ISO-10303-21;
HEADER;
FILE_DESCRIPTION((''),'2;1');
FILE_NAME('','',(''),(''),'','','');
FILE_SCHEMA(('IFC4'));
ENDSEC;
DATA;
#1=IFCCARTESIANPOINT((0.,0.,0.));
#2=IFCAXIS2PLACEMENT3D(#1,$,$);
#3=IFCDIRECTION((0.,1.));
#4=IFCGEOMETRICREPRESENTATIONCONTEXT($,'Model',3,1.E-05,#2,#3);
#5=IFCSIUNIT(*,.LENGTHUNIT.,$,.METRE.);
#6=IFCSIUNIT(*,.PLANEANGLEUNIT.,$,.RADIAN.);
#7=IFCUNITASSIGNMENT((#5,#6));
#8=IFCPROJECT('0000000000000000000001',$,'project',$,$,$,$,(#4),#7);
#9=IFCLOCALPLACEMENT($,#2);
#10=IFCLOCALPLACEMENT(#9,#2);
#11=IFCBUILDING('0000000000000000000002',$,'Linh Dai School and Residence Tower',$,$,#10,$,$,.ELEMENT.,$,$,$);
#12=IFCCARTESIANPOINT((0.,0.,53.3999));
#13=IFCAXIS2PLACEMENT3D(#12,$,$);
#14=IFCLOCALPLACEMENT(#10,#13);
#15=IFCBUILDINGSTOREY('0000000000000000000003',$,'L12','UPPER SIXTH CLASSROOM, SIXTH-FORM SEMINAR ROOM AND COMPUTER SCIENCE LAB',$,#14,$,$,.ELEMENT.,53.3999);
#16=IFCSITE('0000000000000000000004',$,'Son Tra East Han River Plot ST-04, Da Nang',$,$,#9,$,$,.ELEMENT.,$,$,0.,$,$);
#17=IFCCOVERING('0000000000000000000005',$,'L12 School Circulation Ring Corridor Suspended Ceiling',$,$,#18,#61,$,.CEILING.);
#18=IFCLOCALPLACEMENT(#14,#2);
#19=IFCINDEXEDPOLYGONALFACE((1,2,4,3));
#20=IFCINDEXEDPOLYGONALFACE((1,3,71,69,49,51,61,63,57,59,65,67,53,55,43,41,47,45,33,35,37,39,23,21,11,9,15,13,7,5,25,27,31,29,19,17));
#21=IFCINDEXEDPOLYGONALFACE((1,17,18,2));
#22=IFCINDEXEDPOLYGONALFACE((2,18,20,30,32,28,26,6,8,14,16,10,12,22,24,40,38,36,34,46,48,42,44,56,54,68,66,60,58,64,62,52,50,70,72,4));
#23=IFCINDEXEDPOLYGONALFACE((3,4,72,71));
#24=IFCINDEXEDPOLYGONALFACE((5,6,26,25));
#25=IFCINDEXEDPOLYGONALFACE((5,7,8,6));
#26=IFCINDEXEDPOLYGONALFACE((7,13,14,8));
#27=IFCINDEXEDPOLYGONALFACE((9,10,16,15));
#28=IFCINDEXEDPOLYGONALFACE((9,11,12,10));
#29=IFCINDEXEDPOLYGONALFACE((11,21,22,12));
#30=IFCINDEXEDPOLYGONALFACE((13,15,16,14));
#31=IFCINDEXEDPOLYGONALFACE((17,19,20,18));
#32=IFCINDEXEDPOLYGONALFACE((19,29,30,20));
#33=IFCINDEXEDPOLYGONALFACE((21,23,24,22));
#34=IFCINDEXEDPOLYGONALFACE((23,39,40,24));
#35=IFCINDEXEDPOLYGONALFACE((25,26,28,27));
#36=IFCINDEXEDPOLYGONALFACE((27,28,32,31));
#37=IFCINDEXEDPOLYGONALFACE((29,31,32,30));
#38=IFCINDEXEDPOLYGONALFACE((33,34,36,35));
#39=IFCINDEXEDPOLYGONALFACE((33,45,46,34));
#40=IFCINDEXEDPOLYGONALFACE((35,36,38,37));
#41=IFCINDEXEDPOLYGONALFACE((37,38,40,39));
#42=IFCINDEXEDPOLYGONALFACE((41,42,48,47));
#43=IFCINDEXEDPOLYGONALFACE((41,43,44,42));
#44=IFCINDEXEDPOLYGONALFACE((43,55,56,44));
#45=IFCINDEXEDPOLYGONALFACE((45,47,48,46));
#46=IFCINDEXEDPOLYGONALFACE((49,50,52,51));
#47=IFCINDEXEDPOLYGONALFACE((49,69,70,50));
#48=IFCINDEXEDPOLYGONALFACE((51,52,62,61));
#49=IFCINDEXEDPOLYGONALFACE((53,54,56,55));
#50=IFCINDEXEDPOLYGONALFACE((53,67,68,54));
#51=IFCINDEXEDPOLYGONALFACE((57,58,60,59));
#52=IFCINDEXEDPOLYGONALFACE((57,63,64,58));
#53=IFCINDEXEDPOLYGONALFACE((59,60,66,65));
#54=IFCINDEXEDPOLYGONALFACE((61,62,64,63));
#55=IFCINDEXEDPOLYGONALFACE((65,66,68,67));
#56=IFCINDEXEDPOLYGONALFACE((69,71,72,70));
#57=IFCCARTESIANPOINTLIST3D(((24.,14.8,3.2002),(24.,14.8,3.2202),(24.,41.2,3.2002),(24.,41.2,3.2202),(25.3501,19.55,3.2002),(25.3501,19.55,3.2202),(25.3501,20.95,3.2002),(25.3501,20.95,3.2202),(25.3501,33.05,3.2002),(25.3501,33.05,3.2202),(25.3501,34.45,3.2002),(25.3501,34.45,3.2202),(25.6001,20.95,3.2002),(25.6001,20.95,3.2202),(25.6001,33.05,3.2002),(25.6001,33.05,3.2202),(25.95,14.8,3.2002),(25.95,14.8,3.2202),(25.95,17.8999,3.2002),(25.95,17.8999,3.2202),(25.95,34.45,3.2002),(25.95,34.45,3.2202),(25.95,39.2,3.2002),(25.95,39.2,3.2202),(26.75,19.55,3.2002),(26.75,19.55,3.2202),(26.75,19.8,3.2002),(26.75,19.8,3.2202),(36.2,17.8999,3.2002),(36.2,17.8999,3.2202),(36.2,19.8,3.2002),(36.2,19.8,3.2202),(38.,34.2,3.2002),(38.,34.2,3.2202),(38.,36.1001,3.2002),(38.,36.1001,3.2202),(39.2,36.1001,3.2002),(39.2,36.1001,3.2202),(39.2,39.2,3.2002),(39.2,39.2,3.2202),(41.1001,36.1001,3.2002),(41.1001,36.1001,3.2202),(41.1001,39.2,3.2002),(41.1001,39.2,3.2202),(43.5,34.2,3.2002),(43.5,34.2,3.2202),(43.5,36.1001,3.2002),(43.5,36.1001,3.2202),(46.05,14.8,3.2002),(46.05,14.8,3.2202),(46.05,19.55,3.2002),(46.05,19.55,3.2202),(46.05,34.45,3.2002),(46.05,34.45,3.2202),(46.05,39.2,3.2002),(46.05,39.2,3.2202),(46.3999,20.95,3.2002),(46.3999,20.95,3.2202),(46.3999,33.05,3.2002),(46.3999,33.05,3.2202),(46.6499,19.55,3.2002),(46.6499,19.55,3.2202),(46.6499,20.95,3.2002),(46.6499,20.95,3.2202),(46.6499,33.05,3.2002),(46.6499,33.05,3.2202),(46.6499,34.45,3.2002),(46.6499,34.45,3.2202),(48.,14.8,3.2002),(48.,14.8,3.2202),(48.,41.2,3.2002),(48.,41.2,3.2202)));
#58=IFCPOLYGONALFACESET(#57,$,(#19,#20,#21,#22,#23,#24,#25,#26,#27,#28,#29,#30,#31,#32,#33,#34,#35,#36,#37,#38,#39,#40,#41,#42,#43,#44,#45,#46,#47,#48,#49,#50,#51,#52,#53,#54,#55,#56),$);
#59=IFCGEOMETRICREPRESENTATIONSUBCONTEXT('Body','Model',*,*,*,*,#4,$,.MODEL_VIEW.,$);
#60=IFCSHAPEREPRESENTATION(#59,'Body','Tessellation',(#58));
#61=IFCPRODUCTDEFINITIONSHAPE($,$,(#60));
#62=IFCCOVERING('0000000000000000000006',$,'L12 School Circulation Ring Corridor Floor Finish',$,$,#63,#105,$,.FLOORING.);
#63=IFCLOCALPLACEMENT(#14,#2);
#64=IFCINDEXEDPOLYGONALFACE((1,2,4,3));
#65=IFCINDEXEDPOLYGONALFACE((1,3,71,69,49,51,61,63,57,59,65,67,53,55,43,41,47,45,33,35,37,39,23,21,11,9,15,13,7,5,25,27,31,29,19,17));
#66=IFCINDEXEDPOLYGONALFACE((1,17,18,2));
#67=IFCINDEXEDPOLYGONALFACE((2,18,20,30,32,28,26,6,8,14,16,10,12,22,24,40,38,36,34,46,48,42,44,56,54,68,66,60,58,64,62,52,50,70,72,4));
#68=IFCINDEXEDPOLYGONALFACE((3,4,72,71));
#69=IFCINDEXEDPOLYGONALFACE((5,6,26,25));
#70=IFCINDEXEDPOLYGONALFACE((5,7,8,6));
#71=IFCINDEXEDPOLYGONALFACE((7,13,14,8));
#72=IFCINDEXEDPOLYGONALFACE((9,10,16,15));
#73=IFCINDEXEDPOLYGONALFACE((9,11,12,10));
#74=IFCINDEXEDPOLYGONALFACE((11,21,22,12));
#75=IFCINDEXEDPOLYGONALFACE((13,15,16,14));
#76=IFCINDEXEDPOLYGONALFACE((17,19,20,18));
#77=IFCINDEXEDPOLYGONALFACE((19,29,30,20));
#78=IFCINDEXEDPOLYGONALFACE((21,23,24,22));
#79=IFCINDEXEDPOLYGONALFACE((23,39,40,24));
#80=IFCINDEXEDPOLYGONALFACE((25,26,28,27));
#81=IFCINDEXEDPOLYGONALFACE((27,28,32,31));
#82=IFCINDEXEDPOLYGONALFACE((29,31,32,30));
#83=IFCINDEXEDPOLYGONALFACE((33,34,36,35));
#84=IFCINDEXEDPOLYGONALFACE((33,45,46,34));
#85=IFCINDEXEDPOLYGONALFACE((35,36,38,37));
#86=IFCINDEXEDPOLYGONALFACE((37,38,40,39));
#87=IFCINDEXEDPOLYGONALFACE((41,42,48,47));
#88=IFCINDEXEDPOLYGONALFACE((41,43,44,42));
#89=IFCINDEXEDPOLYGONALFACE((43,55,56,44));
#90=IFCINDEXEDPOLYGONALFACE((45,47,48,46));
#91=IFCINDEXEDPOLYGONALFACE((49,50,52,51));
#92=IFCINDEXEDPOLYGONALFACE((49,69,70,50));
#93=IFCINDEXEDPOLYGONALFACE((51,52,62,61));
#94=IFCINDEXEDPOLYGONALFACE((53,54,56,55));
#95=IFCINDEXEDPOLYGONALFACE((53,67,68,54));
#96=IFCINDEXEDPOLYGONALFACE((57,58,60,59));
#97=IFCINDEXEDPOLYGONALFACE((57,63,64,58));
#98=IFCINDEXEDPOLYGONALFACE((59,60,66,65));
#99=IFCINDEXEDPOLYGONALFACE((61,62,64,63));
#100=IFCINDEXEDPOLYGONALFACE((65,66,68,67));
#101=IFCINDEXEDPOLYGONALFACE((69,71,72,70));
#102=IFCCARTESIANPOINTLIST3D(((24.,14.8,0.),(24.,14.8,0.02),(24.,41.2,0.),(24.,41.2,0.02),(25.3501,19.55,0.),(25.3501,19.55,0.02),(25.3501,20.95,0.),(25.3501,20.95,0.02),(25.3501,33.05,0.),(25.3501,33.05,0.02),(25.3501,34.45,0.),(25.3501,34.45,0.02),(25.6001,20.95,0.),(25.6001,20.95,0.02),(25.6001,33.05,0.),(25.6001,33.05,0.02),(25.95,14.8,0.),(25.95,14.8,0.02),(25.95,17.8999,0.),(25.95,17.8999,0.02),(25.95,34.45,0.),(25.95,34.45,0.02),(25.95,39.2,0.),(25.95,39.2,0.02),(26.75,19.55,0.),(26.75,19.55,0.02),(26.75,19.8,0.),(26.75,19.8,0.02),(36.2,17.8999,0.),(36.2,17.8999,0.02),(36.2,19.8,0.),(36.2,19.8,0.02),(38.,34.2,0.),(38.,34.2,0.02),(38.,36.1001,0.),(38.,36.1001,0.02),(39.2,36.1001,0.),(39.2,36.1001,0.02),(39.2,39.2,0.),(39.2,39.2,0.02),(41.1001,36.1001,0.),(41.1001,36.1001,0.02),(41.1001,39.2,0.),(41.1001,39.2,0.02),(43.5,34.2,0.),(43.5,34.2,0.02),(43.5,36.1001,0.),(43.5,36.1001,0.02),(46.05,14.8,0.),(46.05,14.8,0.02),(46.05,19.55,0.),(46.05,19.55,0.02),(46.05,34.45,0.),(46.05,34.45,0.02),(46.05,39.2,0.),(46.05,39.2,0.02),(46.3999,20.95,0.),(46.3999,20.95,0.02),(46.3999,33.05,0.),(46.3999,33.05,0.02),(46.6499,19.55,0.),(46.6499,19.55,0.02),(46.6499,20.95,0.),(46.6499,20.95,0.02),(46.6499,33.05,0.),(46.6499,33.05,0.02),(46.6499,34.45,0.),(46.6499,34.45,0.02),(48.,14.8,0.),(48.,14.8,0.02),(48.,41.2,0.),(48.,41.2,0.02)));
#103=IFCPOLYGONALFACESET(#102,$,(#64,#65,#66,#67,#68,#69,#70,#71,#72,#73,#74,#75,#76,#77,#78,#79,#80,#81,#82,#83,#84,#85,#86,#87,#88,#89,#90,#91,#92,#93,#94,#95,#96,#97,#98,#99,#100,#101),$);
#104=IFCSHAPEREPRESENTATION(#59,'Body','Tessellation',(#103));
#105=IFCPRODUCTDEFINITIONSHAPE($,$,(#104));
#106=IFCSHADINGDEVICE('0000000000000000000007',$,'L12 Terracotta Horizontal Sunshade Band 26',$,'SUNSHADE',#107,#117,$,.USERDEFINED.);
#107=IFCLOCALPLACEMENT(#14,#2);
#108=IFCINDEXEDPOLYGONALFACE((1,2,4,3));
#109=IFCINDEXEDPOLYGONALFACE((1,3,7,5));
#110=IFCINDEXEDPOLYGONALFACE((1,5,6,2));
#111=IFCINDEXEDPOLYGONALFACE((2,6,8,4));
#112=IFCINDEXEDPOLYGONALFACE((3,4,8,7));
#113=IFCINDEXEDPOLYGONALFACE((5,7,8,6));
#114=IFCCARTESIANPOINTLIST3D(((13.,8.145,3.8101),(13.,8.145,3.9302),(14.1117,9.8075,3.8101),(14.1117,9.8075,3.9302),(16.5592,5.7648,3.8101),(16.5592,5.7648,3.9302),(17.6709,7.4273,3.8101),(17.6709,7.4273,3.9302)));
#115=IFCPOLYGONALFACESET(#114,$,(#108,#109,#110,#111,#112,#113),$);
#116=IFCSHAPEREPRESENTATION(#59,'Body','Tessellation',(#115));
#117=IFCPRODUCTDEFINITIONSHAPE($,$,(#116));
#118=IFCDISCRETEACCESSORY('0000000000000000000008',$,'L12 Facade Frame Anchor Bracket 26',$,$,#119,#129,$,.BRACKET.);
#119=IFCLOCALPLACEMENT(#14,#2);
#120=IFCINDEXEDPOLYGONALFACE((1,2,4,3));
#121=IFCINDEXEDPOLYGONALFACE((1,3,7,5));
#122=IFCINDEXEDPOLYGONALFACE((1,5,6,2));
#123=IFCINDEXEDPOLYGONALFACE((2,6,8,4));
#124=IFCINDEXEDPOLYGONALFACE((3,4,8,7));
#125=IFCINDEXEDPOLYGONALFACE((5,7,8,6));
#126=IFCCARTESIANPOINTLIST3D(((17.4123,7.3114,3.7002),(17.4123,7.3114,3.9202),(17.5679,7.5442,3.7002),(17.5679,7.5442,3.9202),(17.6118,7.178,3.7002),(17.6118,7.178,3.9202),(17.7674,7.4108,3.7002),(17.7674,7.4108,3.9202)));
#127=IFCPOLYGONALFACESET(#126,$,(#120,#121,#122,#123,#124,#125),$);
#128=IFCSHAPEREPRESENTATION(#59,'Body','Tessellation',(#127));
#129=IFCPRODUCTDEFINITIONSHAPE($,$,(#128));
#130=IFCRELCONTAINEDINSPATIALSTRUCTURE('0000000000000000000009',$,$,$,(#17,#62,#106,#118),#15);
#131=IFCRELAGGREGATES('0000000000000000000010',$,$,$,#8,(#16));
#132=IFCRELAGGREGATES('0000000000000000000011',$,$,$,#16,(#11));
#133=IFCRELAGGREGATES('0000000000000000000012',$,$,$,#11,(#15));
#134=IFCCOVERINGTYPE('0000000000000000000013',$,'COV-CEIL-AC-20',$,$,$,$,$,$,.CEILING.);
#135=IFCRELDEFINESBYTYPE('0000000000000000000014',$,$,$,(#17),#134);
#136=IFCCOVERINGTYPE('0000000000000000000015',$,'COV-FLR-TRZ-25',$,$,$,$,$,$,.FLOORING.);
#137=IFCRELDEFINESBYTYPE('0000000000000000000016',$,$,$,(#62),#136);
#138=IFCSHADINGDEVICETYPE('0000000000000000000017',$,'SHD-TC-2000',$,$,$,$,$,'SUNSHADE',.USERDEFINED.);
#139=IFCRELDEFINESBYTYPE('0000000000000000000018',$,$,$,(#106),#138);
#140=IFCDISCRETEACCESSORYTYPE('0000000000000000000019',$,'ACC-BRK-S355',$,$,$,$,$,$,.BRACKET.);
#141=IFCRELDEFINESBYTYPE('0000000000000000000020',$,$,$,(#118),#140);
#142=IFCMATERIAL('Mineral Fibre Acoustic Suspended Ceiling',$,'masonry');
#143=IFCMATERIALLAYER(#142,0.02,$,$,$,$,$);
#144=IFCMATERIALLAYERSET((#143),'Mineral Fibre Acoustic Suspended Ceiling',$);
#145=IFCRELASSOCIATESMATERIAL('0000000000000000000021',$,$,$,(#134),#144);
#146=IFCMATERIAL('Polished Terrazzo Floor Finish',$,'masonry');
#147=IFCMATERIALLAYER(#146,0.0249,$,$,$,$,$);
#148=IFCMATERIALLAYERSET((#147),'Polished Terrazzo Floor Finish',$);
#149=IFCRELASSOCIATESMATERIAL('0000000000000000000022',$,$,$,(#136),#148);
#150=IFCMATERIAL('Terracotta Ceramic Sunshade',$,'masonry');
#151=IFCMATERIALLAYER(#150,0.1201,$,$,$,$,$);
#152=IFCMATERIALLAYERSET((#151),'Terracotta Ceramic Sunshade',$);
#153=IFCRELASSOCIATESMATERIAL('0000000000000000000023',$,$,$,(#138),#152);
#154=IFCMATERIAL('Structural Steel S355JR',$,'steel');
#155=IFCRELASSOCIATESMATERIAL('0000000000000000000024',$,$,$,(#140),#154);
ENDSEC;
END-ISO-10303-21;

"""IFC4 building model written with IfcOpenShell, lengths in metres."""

from ifc_helpers import new_model, si_unit, direction, frame, origin, origin_2d, place, context, subcontext, project, spatial, polyline, rectangle, outline, extrude, source, transform, mapped, material, layer, layer_set, type_object, element, save


model = new_model("IFC4")

# Units and contexts
model_context = context("Model", 3, precision=1e-05, world=origin(), true_north=direction((0.0, 1.0)))
body_context = subcontext(model_context, "Body", "Model", "MODEL_VIEW")
ifc_project = project(units=[si_unit("LENGTHUNIT", "METRE"), si_unit("PLANEANGLEUNIT", "RADIAN")], contexts=[model_context])

# Site, building, storey
site_placement = place(None, origin())
site = spatial("IfcSite", under=ifc_project, at=site_placement, Name="Son Tra East Han River Plot ST-04, Da Nang", CompositionType="ELEMENT", RefElevation=0.0)
building_placement = place(site_placement, origin())
building = spatial("IfcBuilding", under=site, at=building_placement, Name="Linh Dai School and Residence Tower", CompositionType="ELEMENT")
storey_placement = place(building_placement, frame((0.0, 0.0, 53.3999)))
storey = spatial("IfcBuildingStorey", under=building, at=storey_placement, Name="L12", Description="UPPER SIXTH CLASSROOM, SIXTH-FORM SEMINAR ROOM AND COMPUTER SCIENCE LAB", CompositionType="ELEMENT", Elevation=53.3999)

# Shared definitions
ifc_material_1 = material(Name="Structural Steel S355JR", Category="steel")

# Coverings
ifc_material_2 = material(Name="Mineral Fibre Acoustic Suspended Ceiling", Category="masonry")
ifc_layer_1 = layer(ifc_material_2, 0.02)
ifc_layer_set_1 = layer_set([ifc_layer_1], Name="Mineral Fibre Acoustic Suspended Ceiling")
covering_type_1 = type_object("IfcCoveringType", Name="COV-CEIL-AC-20", PredefinedType="CEILING", material=ifc_layer_set_1)
covering_1_placement = place(storey_placement, frame((0.0, 0.0, 3.2002)))
element("IfcCovering", 1, at=covering_1_placement, inside=storey, type_object=covering_type_1, Name="L12 School Circulation Ring Corridor Suspended Ceiling", PredefinedType="CEILING", context=body_context, shape_type="SweptSolid", body=[
    extrude(outline(polyline([(24.0, 41.2), (48.0, 41.2), (48.0, 14.8), (46.05, 14.8), (46.05, 19.55), (46.6499, 19.55), (46.6499, 20.95), (46.3999, 20.95), (46.3999, 33.05), (46.6499, 33.05), (46.6499, 34.45), (46.05, 34.45), (46.05, 39.2), (41.1001, 39.2), (41.1001, 36.1001), (43.5, 36.1001), (43.5, 34.2), (38.0, 34.2), (38.0, 36.1001), (39.2, 36.1001), (39.2, 39.2), (25.95, 39.2), (25.95, 34.45), (25.3501, 34.45), (25.3501, 33.05), (25.6001, 33.05), (25.6001, 20.95), (25.3501, 20.95), (25.3501, 19.55), (26.75, 19.55), (26.75, 19.8), (36.2, 19.8), (36.2, 17.8999), (25.95, 17.8999), (25.95, 14.8), (24.0, 14.8), (24.0, 41.2)])), origin(), (0.0, 0.0, 1.0), 0.02),
])
ifc_material_3 = material(Name="Polished Terrazzo Floor Finish", Category="masonry")
ifc_layer_2 = layer(ifc_material_3, 0.0249)
ifc_layer_set_2 = layer_set([ifc_layer_2], Name="Polished Terrazzo Floor Finish")
covering_type_2 = type_object("IfcCoveringType", Name="COV-FLR-TRZ-25", PredefinedType="FLOORING", material=ifc_layer_set_2)
covering_2_placement = place(storey_placement, origin())
element("IfcCovering", 2, at=covering_2_placement, inside=storey, type_object=covering_type_2, Name="L12 School Circulation Ring Corridor Floor Finish", PredefinedType="FLOORING", context=body_context, shape_type="SweptSolid", body=[
    extrude(outline(polyline([(24.0, 41.2), (48.0, 41.2), (48.0, 14.8), (46.05, 14.8), (46.05, 19.55), (46.6499, 19.55), (46.6499, 20.95), (46.3999, 20.95), (46.3999, 33.05), (46.6499, 33.05), (46.6499, 34.45), (46.05, 34.45), (46.05, 39.2), (41.1001, 39.2), (41.1001, 36.1001), (43.5, 36.1001), (43.5, 34.2), (38.0, 34.2), (38.0, 36.1001), (39.2, 36.1001), (39.2, 39.2), (25.95, 39.2), (25.95, 34.45), (25.3501, 34.45), (25.3501, 33.05), (25.6001, 33.05), (25.6001, 20.95), (25.3501, 20.95), (25.3501, 19.55), (26.75, 19.55), (26.75, 19.8), (36.2, 19.8), (36.2, 17.8999), (25.95, 17.8999), (25.95, 14.8), (24.0, 14.8), (24.0, 41.2)])), origin(), (0.0, 0.0, 1.0), 0.02),
])

# Shading device
ifc_material_4 = material(Name="Terracotta Ceramic Sunshade", Category="masonry")
ifc_layer_3 = layer(ifc_material_4, 0.1201)
ifc_layer_set_3 = layer_set([ifc_layer_3], Name="Terracotta Ceramic Sunshade")
shading_device_type = type_object("IfcShadingDeviceType", Name="SHD-TC-2000", ElementType="SUNSHADE", PredefinedType="USERDEFINED", material=ifc_layer_set_3)
shared_shape_1 = source(origin(), body_context, "Body", "SweptSolid", [
    extrude(rectangle(XDim=4.2817, YDim=2.0, at=origin_2d()), origin(), (0.0, 0.0, 1.0), 0.1201),
])
shading_device_placement = place(storey_placement, frame((15.3354, 7.7861, 3.8101), z_axis=(0.0, 0.0, 1.0), x_axis=(-0.831251, 0.555898, 0.0)))
element("IfcShadingDevice", 3, at=shading_device_placement, inside=storey, type_object=shading_device_type, Name="L12 Terracotta Horizontal Sunshade Band 26", ObjectType="SUNSHADE", PredefinedType="USERDEFINED", context=body_context, shape_type="MappedRepresentation", body=[
    mapped(shared_shape_1, transform((0.0, 0.0, 0.0), x_axis=(1.0, 0.0, 0.0), y_axis=(0.0, 1.0, 0.0), z_axis=(0.0, 0.0, 1.0), scale=1.0)),
])

# Discrete accessory
discrete_accessory_type = type_object("IfcDiscreteAccessoryType", Name="ACC-BRK-S355", PredefinedType="BRACKET", material=ifc_material_1)
shared_shape_2 = source(origin(), body_context, "Body", "SweptSolid", [
    extrude(rectangle(XDim=0.28, YDim=0.24, at=origin_2d()), origin(), (0.0, 0.0, 1.0), 0.22),
])
discrete_accessory_placement = place(storey_placement, frame((17.5898, 7.3611, 3.7002), z_axis=(0.0, 0.0, 1.0), x_axis=(-0.555898, -0.831251, 0.0)))
element("IfcDiscreteAccessory", 4, at=discrete_accessory_placement, inside=storey, type_object=discrete_accessory_type, Name="L12 Facade Frame Anchor Bracket 26", PredefinedType="BRACKET", context=body_context, shape_type="MappedRepresentation", body=[
    mapped(shared_shape_2, transform((0.0, 0.0, 0.0), x_axis=(1.0, 0.0, 0.0), y_axis=(0.0, 1.0, 0.0), z_axis=(0.0, 0.0, 1.0), scale=1.0)),
])

save(model, "model.ifc")
